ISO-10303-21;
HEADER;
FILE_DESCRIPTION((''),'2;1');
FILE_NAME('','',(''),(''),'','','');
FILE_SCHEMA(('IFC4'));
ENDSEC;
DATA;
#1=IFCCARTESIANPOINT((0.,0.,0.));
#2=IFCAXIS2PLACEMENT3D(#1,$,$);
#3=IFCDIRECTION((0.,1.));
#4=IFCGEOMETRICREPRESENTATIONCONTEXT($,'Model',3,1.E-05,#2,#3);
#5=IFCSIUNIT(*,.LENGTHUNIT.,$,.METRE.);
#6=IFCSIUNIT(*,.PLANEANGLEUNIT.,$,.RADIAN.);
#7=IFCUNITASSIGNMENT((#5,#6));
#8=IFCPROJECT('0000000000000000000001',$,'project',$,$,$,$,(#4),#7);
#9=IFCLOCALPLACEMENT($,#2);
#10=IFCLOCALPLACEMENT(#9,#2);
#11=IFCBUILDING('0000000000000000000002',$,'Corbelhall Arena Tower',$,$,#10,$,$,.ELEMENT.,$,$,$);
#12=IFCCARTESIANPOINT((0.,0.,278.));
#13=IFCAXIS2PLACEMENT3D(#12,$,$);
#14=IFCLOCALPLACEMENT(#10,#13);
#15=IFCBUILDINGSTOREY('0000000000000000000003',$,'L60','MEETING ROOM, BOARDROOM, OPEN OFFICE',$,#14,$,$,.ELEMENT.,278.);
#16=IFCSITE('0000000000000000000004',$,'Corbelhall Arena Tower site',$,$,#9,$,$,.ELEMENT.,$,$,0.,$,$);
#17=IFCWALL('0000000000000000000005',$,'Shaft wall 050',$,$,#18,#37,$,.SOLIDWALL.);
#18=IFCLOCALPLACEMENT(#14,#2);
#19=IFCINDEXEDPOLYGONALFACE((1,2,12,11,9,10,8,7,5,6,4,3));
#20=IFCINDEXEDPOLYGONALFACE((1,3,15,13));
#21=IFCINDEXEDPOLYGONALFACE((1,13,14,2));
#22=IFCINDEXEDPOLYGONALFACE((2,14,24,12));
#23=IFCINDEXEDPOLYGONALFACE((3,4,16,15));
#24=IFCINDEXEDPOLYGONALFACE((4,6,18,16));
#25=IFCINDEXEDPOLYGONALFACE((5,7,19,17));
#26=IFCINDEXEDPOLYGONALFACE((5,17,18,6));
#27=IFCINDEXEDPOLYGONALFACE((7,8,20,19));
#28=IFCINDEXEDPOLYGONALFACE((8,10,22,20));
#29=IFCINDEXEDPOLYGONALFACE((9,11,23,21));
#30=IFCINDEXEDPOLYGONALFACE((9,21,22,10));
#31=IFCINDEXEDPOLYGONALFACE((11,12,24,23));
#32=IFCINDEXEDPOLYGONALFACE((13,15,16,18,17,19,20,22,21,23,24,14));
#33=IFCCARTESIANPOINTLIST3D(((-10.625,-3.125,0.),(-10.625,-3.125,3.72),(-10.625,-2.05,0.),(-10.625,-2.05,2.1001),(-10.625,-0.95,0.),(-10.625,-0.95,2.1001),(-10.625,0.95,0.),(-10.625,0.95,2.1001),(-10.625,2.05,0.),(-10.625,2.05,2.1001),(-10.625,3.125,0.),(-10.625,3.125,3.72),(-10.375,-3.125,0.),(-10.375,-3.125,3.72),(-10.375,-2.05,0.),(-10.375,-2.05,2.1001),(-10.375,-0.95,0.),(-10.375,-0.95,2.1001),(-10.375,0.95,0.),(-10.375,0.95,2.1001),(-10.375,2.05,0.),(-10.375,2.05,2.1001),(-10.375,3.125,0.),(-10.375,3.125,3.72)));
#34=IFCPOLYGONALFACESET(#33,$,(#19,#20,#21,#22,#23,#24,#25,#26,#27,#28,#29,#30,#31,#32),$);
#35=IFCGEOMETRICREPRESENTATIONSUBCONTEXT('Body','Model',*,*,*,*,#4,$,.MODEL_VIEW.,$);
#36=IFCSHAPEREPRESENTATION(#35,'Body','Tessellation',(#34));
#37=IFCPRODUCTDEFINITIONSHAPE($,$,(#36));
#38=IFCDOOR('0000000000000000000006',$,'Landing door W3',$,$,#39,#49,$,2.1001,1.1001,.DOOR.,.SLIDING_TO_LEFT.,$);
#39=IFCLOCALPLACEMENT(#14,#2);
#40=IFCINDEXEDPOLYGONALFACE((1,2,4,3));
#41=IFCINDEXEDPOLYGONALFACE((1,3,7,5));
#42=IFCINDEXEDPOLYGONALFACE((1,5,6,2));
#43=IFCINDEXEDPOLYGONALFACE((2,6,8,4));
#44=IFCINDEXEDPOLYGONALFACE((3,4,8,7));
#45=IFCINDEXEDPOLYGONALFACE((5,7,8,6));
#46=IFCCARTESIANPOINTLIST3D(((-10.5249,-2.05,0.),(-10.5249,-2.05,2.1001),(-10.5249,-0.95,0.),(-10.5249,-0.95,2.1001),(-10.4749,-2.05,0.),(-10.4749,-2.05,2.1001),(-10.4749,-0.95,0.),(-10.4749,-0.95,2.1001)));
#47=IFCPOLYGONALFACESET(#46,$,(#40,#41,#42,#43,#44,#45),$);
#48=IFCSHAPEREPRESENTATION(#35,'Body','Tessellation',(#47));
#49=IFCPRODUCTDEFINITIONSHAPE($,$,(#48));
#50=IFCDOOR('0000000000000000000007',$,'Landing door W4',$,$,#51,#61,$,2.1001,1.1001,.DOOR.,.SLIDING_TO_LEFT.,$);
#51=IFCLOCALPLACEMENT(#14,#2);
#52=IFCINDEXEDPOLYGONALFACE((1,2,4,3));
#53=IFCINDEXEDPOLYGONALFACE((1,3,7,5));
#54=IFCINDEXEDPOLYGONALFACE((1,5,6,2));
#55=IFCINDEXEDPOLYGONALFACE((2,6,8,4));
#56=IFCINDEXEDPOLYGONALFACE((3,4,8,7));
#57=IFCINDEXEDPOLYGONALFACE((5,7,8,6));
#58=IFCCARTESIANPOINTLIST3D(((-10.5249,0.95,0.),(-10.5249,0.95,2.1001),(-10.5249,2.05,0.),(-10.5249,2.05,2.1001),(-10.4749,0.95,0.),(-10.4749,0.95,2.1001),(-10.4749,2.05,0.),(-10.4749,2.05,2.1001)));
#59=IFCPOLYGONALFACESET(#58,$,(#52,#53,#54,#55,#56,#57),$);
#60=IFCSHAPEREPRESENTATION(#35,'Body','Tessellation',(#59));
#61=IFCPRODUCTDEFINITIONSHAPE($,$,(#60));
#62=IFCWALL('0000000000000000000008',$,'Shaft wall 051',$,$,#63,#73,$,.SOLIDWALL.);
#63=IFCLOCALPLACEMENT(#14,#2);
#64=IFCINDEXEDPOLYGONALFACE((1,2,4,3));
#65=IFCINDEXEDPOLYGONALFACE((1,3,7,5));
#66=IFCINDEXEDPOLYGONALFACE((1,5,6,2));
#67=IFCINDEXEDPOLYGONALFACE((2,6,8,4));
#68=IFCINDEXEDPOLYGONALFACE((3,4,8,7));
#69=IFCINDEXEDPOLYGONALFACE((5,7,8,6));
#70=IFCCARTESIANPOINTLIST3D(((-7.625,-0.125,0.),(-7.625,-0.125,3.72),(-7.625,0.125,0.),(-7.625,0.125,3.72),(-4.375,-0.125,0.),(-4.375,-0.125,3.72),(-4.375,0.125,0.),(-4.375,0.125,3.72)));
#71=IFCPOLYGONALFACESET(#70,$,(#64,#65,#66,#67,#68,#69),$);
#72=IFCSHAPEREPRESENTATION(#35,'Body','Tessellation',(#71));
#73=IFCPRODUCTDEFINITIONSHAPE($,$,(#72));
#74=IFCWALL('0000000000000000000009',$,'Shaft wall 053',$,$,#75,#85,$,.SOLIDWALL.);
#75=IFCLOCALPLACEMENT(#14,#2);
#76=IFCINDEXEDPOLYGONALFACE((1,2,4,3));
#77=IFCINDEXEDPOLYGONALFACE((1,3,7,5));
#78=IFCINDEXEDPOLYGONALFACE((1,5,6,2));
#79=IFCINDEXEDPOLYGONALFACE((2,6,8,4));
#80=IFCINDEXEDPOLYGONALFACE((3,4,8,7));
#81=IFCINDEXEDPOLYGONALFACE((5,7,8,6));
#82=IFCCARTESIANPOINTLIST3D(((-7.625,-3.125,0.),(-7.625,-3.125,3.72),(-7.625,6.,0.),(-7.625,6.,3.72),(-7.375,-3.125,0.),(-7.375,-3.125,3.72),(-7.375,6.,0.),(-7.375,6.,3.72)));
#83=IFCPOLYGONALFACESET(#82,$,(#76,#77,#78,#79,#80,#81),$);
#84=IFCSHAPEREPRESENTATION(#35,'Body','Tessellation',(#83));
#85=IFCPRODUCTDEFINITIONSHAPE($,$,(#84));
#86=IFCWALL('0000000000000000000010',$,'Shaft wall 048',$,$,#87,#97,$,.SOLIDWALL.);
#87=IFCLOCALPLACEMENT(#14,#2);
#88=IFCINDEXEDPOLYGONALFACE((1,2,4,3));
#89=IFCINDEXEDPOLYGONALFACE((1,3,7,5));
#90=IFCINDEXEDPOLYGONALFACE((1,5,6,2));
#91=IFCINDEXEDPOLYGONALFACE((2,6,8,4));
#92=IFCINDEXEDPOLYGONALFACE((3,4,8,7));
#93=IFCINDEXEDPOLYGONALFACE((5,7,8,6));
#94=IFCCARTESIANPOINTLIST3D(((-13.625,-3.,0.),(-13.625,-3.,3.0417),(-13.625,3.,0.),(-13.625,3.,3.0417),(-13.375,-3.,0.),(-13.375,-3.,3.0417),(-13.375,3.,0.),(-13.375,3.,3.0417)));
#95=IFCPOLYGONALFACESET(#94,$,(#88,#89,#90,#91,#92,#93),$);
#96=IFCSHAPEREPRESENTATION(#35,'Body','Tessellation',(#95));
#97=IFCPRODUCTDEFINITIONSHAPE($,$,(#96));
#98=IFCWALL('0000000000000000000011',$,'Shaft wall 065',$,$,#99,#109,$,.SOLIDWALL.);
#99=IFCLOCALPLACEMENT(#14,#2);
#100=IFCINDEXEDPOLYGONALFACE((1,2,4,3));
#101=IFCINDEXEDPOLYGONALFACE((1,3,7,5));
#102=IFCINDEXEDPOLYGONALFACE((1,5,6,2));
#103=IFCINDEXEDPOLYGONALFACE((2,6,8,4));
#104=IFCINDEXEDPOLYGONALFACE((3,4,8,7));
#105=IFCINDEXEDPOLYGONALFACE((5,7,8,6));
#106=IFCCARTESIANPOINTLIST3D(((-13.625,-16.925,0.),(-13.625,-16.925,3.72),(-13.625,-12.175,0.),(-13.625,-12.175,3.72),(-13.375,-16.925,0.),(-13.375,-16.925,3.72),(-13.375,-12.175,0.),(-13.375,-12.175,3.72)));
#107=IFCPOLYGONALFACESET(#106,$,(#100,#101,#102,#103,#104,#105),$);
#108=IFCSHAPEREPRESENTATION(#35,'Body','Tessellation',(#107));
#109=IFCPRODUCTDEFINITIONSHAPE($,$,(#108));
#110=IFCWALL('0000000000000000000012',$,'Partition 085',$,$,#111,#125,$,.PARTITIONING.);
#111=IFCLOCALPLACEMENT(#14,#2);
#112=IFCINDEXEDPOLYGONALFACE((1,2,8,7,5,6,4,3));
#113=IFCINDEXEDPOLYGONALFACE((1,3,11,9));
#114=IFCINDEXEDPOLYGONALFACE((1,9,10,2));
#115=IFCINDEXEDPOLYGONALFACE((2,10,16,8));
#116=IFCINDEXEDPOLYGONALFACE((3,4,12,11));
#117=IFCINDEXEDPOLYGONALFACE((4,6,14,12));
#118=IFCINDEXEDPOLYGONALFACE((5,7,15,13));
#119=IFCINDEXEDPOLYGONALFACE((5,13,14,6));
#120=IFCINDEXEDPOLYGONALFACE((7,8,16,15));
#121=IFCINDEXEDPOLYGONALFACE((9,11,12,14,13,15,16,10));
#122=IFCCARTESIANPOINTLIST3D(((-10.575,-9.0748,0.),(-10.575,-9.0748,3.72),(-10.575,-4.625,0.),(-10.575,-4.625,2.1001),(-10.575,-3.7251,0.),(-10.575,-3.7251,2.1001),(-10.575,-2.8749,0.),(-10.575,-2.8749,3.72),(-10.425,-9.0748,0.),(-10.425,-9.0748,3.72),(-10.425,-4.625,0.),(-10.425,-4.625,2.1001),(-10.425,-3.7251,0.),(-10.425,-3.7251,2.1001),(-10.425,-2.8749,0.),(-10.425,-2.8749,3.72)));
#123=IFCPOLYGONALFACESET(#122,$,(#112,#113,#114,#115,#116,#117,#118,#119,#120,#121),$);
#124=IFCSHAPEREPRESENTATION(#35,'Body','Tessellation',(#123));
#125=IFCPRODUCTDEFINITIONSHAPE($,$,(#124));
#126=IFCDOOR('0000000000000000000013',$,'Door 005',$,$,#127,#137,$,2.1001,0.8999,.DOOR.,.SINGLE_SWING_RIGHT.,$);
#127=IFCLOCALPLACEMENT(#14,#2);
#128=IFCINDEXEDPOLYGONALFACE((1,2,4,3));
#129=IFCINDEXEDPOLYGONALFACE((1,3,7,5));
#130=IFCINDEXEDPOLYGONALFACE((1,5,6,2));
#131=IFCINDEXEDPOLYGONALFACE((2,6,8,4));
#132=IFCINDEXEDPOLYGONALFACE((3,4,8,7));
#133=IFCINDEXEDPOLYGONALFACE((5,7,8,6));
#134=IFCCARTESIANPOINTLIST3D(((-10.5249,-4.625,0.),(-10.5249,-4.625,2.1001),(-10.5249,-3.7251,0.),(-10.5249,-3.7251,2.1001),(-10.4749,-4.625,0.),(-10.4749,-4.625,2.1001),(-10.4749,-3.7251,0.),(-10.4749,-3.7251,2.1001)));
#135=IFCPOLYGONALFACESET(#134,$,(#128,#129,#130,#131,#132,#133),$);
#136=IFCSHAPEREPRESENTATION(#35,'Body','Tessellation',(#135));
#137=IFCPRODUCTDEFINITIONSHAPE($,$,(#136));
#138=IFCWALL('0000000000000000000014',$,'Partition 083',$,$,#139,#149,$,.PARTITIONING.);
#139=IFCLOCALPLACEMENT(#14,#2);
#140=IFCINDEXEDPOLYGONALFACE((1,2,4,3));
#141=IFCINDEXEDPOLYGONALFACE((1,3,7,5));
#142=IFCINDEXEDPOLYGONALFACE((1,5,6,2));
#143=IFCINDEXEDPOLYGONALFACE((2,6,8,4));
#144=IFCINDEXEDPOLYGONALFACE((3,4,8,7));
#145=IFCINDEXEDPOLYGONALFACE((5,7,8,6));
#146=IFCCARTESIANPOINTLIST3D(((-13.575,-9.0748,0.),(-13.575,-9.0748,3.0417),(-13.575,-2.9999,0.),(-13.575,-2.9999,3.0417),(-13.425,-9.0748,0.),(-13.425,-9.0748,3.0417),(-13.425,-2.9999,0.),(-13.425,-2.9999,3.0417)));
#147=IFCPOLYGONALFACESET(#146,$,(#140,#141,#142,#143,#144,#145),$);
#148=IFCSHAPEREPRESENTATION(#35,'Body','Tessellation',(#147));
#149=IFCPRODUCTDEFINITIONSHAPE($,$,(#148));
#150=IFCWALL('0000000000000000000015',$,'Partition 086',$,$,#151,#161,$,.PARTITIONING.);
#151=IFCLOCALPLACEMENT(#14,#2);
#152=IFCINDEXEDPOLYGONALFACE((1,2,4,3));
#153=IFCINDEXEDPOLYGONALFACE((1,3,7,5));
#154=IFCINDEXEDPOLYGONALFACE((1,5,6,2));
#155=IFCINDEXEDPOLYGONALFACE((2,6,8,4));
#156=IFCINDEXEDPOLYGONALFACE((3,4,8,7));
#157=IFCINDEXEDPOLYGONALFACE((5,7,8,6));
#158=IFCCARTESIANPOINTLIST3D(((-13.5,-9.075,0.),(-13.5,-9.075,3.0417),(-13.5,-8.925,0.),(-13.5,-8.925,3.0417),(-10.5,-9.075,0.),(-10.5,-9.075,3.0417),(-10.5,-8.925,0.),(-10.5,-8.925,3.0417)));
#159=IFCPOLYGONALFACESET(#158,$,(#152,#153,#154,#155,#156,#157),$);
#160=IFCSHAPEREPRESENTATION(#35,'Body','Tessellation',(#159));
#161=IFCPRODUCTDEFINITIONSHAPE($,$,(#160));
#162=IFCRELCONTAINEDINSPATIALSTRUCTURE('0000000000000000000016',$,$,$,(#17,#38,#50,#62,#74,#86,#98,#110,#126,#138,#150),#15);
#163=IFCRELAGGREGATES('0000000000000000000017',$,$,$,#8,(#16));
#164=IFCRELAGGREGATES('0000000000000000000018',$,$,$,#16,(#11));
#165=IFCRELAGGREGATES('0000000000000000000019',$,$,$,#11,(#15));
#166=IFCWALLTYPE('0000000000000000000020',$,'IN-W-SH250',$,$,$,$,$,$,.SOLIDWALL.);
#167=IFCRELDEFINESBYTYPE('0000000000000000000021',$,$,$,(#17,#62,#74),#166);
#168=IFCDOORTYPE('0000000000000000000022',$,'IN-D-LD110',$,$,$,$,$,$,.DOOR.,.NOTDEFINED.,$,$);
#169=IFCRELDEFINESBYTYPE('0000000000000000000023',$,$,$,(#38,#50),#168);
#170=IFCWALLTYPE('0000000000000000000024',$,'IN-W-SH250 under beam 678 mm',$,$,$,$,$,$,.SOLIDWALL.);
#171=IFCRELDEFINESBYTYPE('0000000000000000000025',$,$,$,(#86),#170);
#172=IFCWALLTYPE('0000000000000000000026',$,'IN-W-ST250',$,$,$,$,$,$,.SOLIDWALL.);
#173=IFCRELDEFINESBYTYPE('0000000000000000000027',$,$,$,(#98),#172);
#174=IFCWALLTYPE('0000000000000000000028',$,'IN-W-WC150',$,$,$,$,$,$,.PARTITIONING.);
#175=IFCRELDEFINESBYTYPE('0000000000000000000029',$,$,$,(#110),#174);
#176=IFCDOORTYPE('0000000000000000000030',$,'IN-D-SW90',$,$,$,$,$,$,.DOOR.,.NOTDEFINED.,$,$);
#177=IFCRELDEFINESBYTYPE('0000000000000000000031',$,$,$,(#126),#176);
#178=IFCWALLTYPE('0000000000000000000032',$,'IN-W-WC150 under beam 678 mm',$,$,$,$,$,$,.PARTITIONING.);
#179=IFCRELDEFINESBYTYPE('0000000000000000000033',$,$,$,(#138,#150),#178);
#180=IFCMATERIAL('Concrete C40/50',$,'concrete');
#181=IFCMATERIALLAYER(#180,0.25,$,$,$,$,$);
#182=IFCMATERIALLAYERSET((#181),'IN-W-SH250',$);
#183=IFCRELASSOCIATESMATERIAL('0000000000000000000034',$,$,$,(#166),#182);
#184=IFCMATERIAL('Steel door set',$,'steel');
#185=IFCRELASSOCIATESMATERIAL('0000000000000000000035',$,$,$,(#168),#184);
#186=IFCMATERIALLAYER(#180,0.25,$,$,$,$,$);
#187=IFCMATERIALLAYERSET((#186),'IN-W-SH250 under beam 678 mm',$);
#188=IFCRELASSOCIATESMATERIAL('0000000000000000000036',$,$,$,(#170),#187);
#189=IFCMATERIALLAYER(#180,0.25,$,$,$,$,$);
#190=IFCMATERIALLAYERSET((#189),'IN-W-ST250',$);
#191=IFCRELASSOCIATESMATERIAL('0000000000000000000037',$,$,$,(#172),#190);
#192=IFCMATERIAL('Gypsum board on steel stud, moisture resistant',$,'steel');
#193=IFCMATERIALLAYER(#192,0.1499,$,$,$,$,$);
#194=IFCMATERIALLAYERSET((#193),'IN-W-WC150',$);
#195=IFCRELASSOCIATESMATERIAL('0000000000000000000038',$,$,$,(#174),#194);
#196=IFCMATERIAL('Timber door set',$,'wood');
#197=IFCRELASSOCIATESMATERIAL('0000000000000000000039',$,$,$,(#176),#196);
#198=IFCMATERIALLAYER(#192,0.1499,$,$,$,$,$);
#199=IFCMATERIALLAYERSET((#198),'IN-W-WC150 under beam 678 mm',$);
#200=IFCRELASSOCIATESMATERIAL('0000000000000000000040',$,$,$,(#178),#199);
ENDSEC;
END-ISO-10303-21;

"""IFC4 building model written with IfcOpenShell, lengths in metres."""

from ifc_helpers import new_model, si_unit, direction, frame, frame_2d, origin, place, context, subcontext, project, spatial, rectangle, extrude, material, layer, layer_set, type_object, element, fill, save


model = new_model("IFC4")

# Units and contexts
model_context = context("Model", 3, precision=1e-05, world=origin(), true_north=direction((0.0, 1.0)))
body_context = subcontext(model_context, "Body", "Model", "MODEL_VIEW")
ifc_project = project(units=[si_unit("LENGTHUNIT", "METRE"), si_unit("PLANEANGLEUNIT", "RADIAN")], contexts=[model_context])

# Site, building, storey
site_placement = place(None, origin())
site = spatial("IfcSite", under=ifc_project, at=site_placement, Name="Corbelhall Arena Tower site", CompositionType="ELEMENT", RefElevation=0.0)
building_placement = place(site_placement, origin())
building = spatial("IfcBuilding", under=site, at=building_placement, Name="Corbelhall Arena Tower", CompositionType="ELEMENT")
storey_placement = place(building_placement, frame((0.0, 0.0, 278.0)))
storey = spatial("IfcBuildingStorey", under=building, at=storey_placement, Name="L60", Description="MEETING ROOM, BOARDROOM, OPEN OFFICE", CompositionType="ELEMENT", Elevation=278.0)

# Wall, openings, doors
ifc_material_1 = material(Name="Concrete C40/50", Category="concrete")
ifc_layer_1 = layer(ifc_material_1, 0.25)
ifc_layer_set_1 = layer_set([ifc_layer_1], Name="IN-W-SH250")
wall_type_1 = type_object("IfcWallType", Name="IN-W-SH250", PredefinedType="SOLIDWALL", material=ifc_layer_set_1)
wall_1_placement = place(storey_placement, frame((-10.5, -3.125, 0.0), z_axis=(0.0, 0.0, 1.0), x_axis=(0.0, 1.0, 0.0)))
wall_1 = element("IfcWall", 1, at=wall_1_placement, inside=storey, type_object=wall_type_1, Name="Shaft wall 050", PredefinedType="SOLIDWALL", context=body_context, shape_type="SweptSolid", body=[
    extrude(rectangle(XDim=6.25, YDim=0.25, at=frame_2d((3.125, 0.0))), origin(), (0.0, 0.0, 1.0), 3.72),
])
opening_1_placement = place(wall_1_placement, frame((1.075, 0.0, 0.0)))
opening_1 = element("IfcOpeningElement", 2, at=opening_1_placement, cuts=wall_1, PredefinedType="OPENING", context=body_context, shape_type="SweptSolid", body=[
    extrude(rectangle(XDim=1.1001, YDim=2.1001, at=frame_2d((0.55, 1.05))), frame((0.0, 0.125, 0.0), z_axis=(0.0, -1.0, 0.0), x_axis=(1.0, 0.0, 0.0)), (0.0, 0.0, 1.0), 0.25),
])
opening_2_placement = place(wall_1_placement, frame((4.075, 0.0, 0.0)))
opening_2 = element("IfcOpeningElement", 3, at=opening_2_placement, cuts=wall_1, PredefinedType="OPENING", context=body_context, shape_type="SweptSolid", body=[
    extrude(rectangle(XDim=1.1001, YDim=2.1001, at=frame_2d((0.55, 1.05))), frame((0.0, 0.125, 0.0), z_axis=(0.0, -1.0, 0.0), x_axis=(1.0, 0.0, 0.0)), (0.0, 0.0, 1.0), 0.25),
])
ifc_material_2 = material(Name="Steel door set", Category="steel")
door_type_1 = type_object("IfcDoorType", Name="IN-D-LD110", OperationType="NOTDEFINED", PredefinedType="DOOR", material=ifc_material_2)
door_1_placement = place(opening_1_placement, origin())
door_1 = element("IfcDoor", 4, at=door_1_placement, inside=storey, type_object=door_type_1, Name="Landing door W3", OperationType="SLIDING_TO_LEFT", OverallHeight=2.1001, OverallWidth=1.1001, PredefinedType="DOOR", context=body_context, shape_type="SweptSolid", body=[
    extrude(rectangle(XDim=1.1001, YDim=2.1001, at=frame_2d((0.55, 1.05))), frame((0.0, 0.0249, 0.0), z_axis=(0.0, -1.0, 0.0), x_axis=(1.0, 0.0, 0.0)), (0.0, 0.0, 1.0), 0.05),
])
fill(opening_1, door_1)
door_2_placement = place(opening_2_placement, origin())
door_2 = element("IfcDoor", 5, at=door_2_placement, inside=storey, type_object=door_type_1, Name="Landing door W4", OperationType="SLIDING_TO_LEFT", OverallHeight=2.1001, OverallWidth=1.1001, PredefinedType="DOOR", context=body_context, shape_type="SweptSolid", body=[
    extrude(rectangle(XDim=1.1001, YDim=2.1001, at=frame_2d((0.55, 1.05))), frame((0.0, 0.0249, 0.0), z_axis=(0.0, -1.0, 0.0), x_axis=(1.0, 0.0, 0.0)), (0.0, 0.0, 1.0), 0.05),
])
fill(opening_2, door_2)

# Walls
wall_2_placement = place(storey_placement, frame((-7.625, 0.0, 0.0), z_axis=(0.0, 0.0, 1.0), x_axis=(1.0, 0.0, 0.0)))
element("IfcWall", 6, at=wall_2_placement, inside=storey, type_object=wall_type_1, Name="Shaft wall 051", PredefinedType="SOLIDWALL", context=body_context, shape_type="SweptSolid", body=[
    extrude(rectangle(XDim=3.25, YDim=0.25, at=frame_2d((1.625, 0.0))), origin(), (0.0, 0.0, 1.0), 3.72),
])
wall_3_placement = place(storey_placement, frame((-7.5, -3.125, 0.0), z_axis=(0.0, 0.0, 1.0), x_axis=(0.0, 1.0, 0.0)))
element("IfcWall", 7, at=wall_3_placement, inside=storey, type_object=wall_type_1, Name="Shaft wall 053", PredefinedType="SOLIDWALL", context=body_context, shape_type="SweptSolid", body=[
    extrude(rectangle(XDim=9.125, YDim=0.25, at=frame_2d((4.5625, 0.0))), origin(), (0.0, 0.0, 1.0), 3.72),
])
ifc_layer_2 = layer(ifc_material_1, 0.25)
ifc_layer_set_2 = layer_set([ifc_layer_2], Name="IN-W-SH250 under beam 678 mm")
wall_type_2 = type_object("IfcWallType", Name="IN-W-SH250 under beam 678 mm", PredefinedType="SOLIDWALL", material=ifc_layer_set_2)
wall_4_placement = place(storey_placement, frame((-13.5, -3.0, 0.0), z_axis=(0.0, 0.0, 1.0), x_axis=(0.0, 1.0, 0.0)))
element("IfcWall", 8, at=wall_4_placement, inside=storey, type_object=wall_type_2, Name="Shaft wall 048", PredefinedType="SOLIDWALL", context=body_context, shape_type="SweptSolid", body=[
    extrude(rectangle(XDim=6.0, YDim=0.25, at=frame_2d((3.0, 0.0))), origin(), (0.0, 0.0, 1.0), 3.0417),
])
ifc_layer_3 = layer(ifc_material_1, 0.25)
ifc_layer_set_3 = layer_set([ifc_layer_3], Name="IN-W-ST250")
wall_type_3 = type_object("IfcWallType", Name="IN-W-ST250", PredefinedType="SOLIDWALL", material=ifc_layer_set_3)
wall_5_placement = place(storey_placement, frame((-13.5, -12.175, 0.0), z_axis=(0.0, 0.0, 1.0), x_axis=(0.0, -1.0, 0.0)))
element("IfcWall", 9, at=wall_5_placement, inside=storey, type_object=wall_type_3, Name="Shaft wall 065", PredefinedType="SOLIDWALL", context=body_context, shape_type="SweptSolid", body=[
    extrude(rectangle(XDim=4.75, YDim=0.25, at=frame_2d((2.375, 0.0))), origin(), (0.0, 0.0, 1.0), 3.72),
])

# Wall, opening, door
ifc_material_3 = material(Name="Gypsum board on steel stud, moisture resistant", Category="steel")
ifc_layer_4 = layer(ifc_material_3, 0.1499)
ifc_layer_set_4 = layer_set([ifc_layer_4], Name="IN-W-WC150")
wall_type_4 = type_object("IfcWallType", Name="IN-W-WC150", PredefinedType="PARTITIONING", material=ifc_layer_set_4)
wall_6_placement = place(storey_placement, frame((-10.5, -9.075, 0.0), z_axis=(0.0, 0.0, 1.0), x_axis=(0.0, 1.0, 0.0)))
wall_6 = element("IfcWall", 10, at=wall_6_placement, inside=storey, type_object=wall_type_4, Name="Partition 085", PredefinedType="PARTITIONING", context=body_context, shape_type="SweptSolid", body=[
    extrude(rectangle(XDim=6.2, YDim=0.1499, at=frame_2d((3.1001, 0.0))), origin(), (0.0, 0.0, 1.0), 3.72),
])
opening_3_placement = place(wall_6_placement, frame((4.45, 0.0, 0.0)))
opening_3 = element("IfcOpeningElement", 11, at=opening_3_placement, cuts=wall_6, PredefinedType="OPENING", context=body_context, shape_type="SweptSolid", body=[
    extrude(rectangle(XDim=0.8999, YDim=2.1001, at=frame_2d((0.45, 1.05))), frame((0.0, 0.075, 0.0), z_axis=(0.0, -1.0, 0.0), x_axis=(1.0, 0.0, 0.0)), (0.0, 0.0, 1.0), 0.1499),
])
ifc_material_4 = material(Name="Timber door set", Category="wood")
door_type_2 = type_object("IfcDoorType", Name="IN-D-SW90", OperationType="NOTDEFINED", PredefinedType="DOOR", material=ifc_material_4)
door_3_placement = place(opening_3_placement, origin())
door_3 = element("IfcDoor", 12, at=door_3_placement, inside=storey, type_object=door_type_2, Name="Door 005", OperationType="SINGLE_SWING_RIGHT", OverallHeight=2.1001, OverallWidth=0.8999, PredefinedType="DOOR", context=body_context, shape_type="SweptSolid", body=[
    extrude(rectangle(XDim=0.8999, YDim=2.1001, at=frame_2d((0.45, 1.05))), frame((0.0, 0.0249, 0.0), z_axis=(0.0, -1.0, 0.0), x_axis=(1.0, 0.0, 0.0)), (0.0, 0.0, 1.0), 0.05),
])
fill(opening_3, door_3)

# Walls
ifc_layer_5 = layer(ifc_material_3, 0.1499)
ifc_layer_set_5 = layer_set([ifc_layer_5], Name="IN-W-WC150 under beam 678 mm")
wall_type_5 = type_object("IfcWallType", Name="IN-W-WC150 under beam 678 mm", PredefinedType="PARTITIONING", material=ifc_layer_set_5)
wall_7_placement = place(storey_placement, frame((-13.5, -9.075, 0.0), z_axis=(0.0, 0.0, 1.0), x_axis=(0.0, 1.0, 0.0)))
element("IfcWall", 13, at=wall_7_placement, inside=storey, type_object=wall_type_5, Name="Partition 083", PredefinedType="PARTITIONING", context=body_context, shape_type="SweptSolid", body=[
    extrude(rectangle(XDim=6.075, YDim=0.1499, at=frame_2d((3.0376, 0.0))), origin(), (0.0, 0.0, 1.0), 3.0417),
])
wall_8_placement = place(storey_placement, frame((-10.5, -9.0, 0.0), z_axis=(0.0, 0.0, 1.0), x_axis=(-1.0, 0.0, 0.0)))
element("IfcWall", 14, at=wall_8_placement, inside=storey, type_object=wall_type_5, Name="Partition 086", PredefinedType="PARTITIONING", context=body_context, shape_type="SweptSolid", body=[
    extrude(rectangle(XDim=3.0, YDim=0.1499, at=frame_2d((1.5, 0.0))), origin(), (0.0, 0.0, 1.0), 3.0417),
])

save(model, "model.ifc")
